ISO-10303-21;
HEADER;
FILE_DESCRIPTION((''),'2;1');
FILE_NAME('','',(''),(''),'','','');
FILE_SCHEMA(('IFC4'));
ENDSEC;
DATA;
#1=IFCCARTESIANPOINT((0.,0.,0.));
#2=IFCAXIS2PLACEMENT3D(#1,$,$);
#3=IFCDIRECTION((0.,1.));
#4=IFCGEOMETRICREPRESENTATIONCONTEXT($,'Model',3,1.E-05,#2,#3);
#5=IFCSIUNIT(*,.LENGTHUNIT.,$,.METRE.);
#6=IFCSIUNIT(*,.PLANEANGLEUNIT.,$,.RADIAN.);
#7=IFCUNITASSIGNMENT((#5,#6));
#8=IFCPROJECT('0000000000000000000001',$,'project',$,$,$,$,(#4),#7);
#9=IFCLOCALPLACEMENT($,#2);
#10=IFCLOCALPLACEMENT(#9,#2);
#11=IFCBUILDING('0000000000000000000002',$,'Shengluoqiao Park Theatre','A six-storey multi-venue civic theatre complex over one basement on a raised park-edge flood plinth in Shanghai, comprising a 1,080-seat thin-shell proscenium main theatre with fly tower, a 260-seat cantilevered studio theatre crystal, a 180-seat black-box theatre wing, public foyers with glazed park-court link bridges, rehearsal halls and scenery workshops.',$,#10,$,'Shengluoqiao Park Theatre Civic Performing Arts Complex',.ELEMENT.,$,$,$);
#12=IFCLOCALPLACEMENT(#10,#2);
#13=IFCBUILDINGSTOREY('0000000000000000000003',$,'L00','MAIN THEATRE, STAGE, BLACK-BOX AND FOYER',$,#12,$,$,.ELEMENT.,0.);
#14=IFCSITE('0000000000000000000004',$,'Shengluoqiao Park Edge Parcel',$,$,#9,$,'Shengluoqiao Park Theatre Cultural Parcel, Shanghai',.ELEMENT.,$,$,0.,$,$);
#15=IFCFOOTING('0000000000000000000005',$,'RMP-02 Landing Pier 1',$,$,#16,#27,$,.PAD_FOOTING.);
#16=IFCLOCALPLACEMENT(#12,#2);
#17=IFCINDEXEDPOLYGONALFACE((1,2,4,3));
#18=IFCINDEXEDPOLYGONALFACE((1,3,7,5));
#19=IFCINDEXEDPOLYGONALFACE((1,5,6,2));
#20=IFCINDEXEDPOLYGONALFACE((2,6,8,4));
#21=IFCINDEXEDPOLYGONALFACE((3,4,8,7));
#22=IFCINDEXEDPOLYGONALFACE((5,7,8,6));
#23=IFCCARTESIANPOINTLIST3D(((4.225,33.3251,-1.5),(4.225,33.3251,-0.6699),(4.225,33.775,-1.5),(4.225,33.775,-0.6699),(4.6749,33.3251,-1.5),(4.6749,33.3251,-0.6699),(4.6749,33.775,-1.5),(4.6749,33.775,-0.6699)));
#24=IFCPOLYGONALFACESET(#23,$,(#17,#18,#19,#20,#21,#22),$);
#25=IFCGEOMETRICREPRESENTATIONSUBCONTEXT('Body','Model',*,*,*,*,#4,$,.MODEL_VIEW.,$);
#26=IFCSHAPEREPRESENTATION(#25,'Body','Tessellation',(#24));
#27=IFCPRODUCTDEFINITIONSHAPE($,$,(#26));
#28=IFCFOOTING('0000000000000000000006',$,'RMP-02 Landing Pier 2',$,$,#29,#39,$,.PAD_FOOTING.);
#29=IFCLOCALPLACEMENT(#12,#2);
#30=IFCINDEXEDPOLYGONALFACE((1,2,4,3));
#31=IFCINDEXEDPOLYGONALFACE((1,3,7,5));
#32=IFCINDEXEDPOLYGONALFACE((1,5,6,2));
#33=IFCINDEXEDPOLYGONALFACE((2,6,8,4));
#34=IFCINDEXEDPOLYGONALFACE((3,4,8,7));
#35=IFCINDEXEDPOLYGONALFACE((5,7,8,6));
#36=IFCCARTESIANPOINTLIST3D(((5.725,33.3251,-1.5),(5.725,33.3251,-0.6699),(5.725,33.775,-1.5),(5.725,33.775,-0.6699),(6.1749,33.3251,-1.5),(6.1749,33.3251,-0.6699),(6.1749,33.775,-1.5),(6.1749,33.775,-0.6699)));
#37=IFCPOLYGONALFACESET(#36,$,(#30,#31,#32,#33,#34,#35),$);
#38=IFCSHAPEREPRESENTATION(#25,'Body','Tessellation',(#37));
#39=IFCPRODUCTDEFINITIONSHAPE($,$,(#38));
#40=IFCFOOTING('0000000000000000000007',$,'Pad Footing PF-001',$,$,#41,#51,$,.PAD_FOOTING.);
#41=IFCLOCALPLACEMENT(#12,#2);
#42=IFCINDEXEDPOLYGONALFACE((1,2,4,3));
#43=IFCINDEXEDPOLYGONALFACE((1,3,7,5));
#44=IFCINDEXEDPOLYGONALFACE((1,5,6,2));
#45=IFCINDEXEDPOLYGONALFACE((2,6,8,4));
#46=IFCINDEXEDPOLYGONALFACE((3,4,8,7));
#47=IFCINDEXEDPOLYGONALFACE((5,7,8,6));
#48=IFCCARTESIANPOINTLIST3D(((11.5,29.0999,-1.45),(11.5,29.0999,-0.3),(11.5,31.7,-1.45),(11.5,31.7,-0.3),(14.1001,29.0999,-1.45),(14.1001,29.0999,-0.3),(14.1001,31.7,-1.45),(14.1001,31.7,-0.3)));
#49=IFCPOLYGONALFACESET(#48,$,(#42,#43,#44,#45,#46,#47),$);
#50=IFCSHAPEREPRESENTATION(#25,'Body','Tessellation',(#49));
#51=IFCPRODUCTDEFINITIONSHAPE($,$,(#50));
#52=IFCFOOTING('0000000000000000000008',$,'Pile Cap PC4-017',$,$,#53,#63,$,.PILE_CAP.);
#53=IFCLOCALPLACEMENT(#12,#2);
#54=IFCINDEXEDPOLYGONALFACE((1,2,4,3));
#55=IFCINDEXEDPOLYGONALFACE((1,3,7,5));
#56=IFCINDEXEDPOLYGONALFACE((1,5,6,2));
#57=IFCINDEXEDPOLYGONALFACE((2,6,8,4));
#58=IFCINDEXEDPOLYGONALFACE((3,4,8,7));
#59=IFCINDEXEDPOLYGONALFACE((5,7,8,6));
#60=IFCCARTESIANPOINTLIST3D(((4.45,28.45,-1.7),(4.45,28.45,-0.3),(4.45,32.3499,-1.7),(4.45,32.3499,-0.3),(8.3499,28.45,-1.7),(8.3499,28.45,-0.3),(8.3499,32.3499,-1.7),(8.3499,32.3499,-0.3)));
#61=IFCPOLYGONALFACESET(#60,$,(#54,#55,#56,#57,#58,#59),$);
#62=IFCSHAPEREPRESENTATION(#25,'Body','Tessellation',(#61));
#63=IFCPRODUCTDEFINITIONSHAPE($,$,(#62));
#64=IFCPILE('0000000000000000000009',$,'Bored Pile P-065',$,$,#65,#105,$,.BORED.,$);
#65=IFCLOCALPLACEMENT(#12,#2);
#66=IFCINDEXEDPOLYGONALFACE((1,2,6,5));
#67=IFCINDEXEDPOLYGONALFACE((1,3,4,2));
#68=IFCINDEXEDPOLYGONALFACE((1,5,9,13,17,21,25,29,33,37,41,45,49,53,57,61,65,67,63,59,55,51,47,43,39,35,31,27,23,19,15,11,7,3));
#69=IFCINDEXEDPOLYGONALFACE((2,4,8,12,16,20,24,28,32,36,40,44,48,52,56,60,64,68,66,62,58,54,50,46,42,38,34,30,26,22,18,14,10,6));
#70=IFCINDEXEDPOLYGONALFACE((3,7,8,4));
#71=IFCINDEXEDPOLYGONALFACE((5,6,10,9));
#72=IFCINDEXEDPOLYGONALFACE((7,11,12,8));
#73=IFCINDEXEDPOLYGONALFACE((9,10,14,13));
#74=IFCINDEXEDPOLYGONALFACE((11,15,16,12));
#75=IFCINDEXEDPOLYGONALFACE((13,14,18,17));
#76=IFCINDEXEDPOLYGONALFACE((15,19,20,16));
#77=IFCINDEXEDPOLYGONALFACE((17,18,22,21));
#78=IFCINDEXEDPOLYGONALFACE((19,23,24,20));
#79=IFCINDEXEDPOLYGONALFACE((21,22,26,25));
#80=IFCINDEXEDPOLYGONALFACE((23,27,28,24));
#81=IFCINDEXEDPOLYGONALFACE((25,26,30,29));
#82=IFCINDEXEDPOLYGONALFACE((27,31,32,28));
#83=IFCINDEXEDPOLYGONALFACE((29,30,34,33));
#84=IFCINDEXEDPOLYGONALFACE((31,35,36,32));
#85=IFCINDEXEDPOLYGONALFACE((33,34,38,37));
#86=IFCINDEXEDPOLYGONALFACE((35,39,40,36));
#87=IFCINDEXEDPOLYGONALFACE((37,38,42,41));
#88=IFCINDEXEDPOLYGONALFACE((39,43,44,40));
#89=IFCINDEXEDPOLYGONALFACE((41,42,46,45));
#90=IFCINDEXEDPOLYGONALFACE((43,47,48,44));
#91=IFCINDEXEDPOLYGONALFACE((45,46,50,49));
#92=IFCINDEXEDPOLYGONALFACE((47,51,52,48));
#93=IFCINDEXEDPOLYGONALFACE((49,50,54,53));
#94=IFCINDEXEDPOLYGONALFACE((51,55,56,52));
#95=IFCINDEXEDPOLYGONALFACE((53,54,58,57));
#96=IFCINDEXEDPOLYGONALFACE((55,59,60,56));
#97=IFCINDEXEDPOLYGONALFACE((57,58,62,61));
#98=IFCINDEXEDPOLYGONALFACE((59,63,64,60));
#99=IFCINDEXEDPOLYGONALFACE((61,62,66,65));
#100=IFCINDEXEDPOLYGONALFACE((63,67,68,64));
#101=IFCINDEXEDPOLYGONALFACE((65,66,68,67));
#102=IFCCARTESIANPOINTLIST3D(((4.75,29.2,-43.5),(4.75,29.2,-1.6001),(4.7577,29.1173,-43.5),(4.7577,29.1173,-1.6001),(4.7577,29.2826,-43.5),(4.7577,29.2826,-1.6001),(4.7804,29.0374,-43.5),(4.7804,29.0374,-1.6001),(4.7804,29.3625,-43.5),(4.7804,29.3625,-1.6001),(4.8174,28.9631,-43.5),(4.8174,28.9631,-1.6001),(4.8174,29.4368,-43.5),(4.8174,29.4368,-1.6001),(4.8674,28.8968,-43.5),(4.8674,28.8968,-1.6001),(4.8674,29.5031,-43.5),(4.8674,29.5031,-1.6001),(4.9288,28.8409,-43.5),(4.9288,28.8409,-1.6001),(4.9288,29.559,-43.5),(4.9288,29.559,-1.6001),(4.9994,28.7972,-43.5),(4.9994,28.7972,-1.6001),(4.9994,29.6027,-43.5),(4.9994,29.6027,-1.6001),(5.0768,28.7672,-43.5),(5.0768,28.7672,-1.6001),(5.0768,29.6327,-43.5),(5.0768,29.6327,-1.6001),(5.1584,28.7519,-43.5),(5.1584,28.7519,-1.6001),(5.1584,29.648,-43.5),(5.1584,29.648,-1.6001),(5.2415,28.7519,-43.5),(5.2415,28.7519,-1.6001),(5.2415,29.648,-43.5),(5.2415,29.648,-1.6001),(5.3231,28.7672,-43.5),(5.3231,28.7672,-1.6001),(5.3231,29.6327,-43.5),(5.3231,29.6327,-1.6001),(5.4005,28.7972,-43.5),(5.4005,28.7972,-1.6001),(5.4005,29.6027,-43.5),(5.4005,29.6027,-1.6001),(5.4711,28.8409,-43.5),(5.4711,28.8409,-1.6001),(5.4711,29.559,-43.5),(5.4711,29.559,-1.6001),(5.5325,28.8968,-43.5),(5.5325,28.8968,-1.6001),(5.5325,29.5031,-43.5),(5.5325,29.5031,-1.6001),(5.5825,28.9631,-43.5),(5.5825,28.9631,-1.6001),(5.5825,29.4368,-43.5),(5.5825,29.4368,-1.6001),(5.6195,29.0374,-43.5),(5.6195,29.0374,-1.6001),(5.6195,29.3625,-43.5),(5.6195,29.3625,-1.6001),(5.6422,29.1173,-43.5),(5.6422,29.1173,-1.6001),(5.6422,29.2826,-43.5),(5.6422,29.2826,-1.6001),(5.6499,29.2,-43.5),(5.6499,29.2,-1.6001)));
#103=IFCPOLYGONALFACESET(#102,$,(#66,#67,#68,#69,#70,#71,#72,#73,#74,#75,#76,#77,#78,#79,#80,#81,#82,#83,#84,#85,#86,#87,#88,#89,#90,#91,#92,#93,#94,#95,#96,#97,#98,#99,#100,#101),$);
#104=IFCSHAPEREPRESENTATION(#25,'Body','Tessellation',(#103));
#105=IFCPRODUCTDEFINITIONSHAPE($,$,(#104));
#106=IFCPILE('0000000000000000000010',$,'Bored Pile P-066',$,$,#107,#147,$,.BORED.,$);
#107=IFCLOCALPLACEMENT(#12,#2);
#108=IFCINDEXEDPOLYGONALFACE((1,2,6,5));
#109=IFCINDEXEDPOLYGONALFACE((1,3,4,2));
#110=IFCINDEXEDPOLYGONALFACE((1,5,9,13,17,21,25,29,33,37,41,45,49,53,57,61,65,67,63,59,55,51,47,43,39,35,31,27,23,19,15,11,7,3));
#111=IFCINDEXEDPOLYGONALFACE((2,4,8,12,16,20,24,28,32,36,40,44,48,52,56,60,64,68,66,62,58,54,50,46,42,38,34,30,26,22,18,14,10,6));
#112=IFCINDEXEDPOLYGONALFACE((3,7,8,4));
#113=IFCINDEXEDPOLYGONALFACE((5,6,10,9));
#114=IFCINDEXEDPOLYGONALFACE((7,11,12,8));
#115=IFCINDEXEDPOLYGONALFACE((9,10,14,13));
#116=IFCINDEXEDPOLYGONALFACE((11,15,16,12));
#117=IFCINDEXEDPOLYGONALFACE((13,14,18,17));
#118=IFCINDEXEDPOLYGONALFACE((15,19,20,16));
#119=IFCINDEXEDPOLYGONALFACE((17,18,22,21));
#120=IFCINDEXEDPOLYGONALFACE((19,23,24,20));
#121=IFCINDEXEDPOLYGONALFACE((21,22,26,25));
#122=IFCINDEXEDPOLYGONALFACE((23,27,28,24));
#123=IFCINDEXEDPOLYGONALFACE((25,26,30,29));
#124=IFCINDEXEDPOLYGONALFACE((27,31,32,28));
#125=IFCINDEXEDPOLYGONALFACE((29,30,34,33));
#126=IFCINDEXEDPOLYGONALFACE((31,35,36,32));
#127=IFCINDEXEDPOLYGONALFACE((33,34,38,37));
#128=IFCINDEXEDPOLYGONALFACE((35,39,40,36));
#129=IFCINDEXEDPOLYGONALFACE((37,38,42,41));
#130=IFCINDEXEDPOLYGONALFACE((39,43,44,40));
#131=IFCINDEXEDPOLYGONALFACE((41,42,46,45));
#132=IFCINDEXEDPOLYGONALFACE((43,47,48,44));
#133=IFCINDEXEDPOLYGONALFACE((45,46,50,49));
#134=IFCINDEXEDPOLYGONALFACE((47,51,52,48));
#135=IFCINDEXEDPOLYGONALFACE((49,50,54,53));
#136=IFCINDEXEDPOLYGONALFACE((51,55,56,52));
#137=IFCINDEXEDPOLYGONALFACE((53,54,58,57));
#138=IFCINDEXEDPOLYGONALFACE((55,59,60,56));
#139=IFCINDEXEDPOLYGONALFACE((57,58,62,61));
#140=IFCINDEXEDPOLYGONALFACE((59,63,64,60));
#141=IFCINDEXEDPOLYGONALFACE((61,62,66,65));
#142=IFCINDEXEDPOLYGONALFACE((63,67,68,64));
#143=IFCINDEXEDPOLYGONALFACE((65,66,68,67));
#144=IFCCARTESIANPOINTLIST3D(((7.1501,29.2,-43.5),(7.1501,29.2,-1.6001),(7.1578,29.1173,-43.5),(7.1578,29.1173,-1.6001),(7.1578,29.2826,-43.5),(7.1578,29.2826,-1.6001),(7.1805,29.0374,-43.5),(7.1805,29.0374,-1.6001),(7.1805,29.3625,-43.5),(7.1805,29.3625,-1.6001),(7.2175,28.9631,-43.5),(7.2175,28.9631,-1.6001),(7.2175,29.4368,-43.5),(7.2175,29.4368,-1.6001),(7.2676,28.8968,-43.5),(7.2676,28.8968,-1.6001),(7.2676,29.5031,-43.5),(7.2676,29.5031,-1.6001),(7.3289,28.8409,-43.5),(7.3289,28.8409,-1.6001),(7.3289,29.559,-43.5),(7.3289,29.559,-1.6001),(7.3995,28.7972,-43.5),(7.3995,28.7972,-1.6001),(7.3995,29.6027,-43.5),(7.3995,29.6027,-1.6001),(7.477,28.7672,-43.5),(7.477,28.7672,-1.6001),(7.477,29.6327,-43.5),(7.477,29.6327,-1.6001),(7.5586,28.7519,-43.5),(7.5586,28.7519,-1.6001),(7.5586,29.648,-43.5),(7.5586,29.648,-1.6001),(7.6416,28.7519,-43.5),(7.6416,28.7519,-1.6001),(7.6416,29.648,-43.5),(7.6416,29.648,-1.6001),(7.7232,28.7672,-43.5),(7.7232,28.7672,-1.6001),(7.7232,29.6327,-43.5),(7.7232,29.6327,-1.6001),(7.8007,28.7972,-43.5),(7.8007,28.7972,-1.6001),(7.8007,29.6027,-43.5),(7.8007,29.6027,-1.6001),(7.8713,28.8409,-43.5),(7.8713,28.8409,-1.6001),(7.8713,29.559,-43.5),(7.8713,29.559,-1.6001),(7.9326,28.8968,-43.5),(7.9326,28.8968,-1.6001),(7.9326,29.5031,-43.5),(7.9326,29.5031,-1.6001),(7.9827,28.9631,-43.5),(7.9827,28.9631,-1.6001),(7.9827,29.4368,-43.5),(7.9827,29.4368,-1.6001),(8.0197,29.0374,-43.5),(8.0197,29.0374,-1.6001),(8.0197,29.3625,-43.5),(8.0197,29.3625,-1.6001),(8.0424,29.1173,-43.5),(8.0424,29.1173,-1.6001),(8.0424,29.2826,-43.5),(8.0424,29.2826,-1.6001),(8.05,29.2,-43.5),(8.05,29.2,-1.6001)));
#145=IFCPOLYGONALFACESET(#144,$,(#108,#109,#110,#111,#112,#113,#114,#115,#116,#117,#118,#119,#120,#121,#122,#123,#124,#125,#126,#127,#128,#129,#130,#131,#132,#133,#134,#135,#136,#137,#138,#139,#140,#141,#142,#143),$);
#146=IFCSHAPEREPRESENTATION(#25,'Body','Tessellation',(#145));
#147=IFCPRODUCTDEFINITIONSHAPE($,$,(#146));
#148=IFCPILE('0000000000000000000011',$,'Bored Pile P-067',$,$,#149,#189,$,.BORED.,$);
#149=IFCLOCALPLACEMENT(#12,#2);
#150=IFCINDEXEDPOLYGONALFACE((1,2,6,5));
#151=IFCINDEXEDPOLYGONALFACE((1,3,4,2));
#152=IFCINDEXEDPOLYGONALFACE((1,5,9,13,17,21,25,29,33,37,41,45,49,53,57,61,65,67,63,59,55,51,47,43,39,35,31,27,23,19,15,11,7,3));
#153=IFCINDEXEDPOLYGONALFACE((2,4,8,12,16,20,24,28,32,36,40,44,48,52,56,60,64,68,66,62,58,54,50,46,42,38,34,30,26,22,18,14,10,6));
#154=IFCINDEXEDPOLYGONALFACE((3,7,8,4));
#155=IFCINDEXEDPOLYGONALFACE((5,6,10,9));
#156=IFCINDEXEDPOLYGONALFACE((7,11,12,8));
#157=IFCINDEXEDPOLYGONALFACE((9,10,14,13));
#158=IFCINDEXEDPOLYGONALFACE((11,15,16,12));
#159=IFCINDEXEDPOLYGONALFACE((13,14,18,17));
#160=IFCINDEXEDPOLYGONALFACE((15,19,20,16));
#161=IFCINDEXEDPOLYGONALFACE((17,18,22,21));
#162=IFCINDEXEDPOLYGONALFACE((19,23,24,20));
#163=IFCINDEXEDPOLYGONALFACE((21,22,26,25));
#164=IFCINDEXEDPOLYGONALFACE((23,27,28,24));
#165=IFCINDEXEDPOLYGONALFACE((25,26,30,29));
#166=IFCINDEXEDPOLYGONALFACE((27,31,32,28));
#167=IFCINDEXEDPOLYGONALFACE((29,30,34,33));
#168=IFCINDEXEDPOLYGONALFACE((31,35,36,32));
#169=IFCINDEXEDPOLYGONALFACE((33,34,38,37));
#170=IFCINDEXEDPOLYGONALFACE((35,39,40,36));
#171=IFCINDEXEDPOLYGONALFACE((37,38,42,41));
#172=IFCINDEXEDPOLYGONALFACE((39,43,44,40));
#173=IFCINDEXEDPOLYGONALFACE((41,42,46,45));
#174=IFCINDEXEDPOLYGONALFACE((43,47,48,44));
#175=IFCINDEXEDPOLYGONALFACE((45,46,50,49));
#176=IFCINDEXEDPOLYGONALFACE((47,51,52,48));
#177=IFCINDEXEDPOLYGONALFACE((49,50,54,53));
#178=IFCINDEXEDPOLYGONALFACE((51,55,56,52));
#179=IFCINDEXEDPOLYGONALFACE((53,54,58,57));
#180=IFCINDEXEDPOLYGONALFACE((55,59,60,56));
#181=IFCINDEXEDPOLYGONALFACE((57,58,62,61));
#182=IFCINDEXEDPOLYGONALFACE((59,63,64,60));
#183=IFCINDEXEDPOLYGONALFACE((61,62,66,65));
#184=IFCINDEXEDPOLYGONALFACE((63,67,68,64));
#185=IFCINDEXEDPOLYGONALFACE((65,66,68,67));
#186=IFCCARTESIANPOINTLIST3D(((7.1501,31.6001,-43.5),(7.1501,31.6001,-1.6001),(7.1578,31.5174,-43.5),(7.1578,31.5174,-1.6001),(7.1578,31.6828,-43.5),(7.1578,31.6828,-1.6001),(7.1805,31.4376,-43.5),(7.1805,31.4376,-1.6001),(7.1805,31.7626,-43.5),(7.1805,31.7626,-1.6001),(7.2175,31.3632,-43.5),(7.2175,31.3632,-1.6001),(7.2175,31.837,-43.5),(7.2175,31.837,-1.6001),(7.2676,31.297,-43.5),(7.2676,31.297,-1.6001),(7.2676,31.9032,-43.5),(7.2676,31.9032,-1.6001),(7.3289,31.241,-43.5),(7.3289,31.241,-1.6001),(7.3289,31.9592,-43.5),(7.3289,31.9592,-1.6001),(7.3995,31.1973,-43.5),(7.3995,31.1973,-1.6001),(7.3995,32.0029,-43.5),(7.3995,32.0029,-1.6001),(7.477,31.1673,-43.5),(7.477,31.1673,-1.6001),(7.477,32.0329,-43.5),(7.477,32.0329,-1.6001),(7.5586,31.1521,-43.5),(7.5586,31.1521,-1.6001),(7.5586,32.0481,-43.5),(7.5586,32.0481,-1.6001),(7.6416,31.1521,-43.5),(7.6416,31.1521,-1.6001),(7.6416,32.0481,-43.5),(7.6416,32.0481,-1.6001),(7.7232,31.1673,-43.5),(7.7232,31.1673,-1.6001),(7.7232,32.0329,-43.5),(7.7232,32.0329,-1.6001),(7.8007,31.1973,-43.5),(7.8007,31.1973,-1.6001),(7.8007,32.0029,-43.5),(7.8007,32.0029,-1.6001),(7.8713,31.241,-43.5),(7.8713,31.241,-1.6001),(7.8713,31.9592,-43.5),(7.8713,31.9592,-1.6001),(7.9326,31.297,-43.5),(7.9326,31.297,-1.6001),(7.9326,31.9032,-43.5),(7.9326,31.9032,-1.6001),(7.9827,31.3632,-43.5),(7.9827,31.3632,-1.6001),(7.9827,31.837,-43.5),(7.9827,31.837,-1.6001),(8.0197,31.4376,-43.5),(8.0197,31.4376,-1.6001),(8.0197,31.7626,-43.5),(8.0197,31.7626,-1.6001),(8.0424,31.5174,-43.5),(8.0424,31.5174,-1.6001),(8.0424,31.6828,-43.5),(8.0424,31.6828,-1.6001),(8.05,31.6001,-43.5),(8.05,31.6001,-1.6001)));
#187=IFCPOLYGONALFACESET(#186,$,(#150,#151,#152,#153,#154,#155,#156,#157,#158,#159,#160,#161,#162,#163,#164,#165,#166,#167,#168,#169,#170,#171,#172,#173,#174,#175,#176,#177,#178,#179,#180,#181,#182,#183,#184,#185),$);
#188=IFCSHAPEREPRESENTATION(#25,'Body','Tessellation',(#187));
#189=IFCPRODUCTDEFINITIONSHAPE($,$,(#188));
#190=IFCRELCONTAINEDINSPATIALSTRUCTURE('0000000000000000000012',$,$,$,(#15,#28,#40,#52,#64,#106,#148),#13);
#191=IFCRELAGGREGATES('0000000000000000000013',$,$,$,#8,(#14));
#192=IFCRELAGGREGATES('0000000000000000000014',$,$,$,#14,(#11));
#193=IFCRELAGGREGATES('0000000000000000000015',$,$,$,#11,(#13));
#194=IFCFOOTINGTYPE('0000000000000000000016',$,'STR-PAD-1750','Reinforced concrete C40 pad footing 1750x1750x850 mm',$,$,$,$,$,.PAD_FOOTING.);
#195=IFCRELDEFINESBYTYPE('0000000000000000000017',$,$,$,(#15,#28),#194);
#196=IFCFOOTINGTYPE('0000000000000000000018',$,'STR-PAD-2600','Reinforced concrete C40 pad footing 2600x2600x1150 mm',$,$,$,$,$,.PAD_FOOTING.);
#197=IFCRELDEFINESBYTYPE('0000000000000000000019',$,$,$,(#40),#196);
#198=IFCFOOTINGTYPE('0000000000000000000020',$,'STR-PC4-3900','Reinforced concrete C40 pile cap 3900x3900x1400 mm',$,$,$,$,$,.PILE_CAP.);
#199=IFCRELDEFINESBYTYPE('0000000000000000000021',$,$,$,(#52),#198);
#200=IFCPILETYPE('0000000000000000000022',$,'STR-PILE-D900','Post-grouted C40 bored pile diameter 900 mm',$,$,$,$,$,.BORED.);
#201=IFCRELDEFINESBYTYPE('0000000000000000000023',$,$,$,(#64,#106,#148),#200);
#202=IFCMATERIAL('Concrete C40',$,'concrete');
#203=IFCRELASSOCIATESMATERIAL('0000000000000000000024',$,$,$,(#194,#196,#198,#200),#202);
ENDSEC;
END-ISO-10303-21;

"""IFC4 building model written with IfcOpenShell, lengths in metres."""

from ifc_helpers import new_model, si_unit, direction, frame, origin, origin_2d, place, context, subcontext, project, spatial, rectangle, circle, extrude, material, material_profile, profile_set, type_object, element, save


model = new_model("IFC4")

# Units and contexts
model_context = context("Model", 3, precision=1e-05, world=origin(), true_north=direction((0.0, 1.0)))
body_context = subcontext(model_context, "Body", "Model", "MODEL_VIEW")
ifc_project = project(units=[si_unit("LENGTHUNIT", "METRE"), si_unit("PLANEANGLEUNIT", "RADIAN")], contexts=[model_context])

# Site, building, storey
site_placement = place(None, origin())
site = spatial("IfcSite", under=ifc_project, at=site_placement, Name="Shengluoqiao Park Edge Parcel", LongName="Shengluoqiao Park Theatre Cultural Parcel, Shanghai", CompositionType="ELEMENT", RefElevation=0.0)
building_placement = place(site_placement, origin())
building = spatial("IfcBuilding", under=site, at=building_placement, Name="Shengluoqiao Park Theatre", Description="A six-storey multi-venue civic theatre complex over one basement on a raised park-edge flood plinth in Shanghai, comprising a 1,080-seat thin-shell proscenium main theatre with fly tower, a 260-seat cantilevered studio theatre crystal, a 180-seat black-box theatre wing, public foyers with glazed park-court link bridges, rehearsal halls and scenery workshops.", LongName="Shengluoqiao Park Theatre Civic Performing Arts Complex", CompositionType="ELEMENT")
storey_placement = place(building_placement, origin())
storey = spatial("IfcBuildingStorey", under=building, at=storey_placement, Name="L00", Description="MAIN THEATRE, STAGE, BLACK-BOX AND FOYER", CompositionType="ELEMENT", Elevation=0.0)

# Footings
ifc_material_1 = material(Name="Concrete C40", Category="concrete")
footing_type_1 = type_object("IfcFootingType", Name="STR-PAD-1750", Description="Reinforced concrete C40 pad footing 1750x1750x850 mm", PredefinedType="PAD_FOOTING", material=ifc_material_1)
for number, where, z_axis, x_axis, name in (
    (1, (4.45, 33.55, -1.5), (0.0, 0.0, 1.0), (1.0, 0.0, 0.0), "RMP-02 Landing Pier 1"),
    (2, (5.95, 33.55, -1.5), (0.0, 0.0, 1.0), (1.0, 0.0, 0.0), "RMP-02 Landing Pier 2"),
):
    element("IfcFooting", number, at=place(storey_placement, frame(where, z_axis=z_axis, x_axis=x_axis)), inside=storey, type_object=footing_type_1, Name=name, PredefinedType="PAD_FOOTING", context=body_context, shape_type="SweptSolid", body=[
        extrude(rectangle(XDim=0.45, YDim=0.45, at=origin_2d()), origin(), (0.0, 0.0, 1.0), 0.8301),
    ])
footing_type_2 = type_object("IfcFootingType", Name="STR-PAD-2600", Description="Reinforced concrete C40 pad footing 2600x2600x1150 mm", PredefinedType="PAD_FOOTING", material=ifc_material_1)
footing_1_placement = place(storey_placement, frame((12.8, 30.3999, -1.45), z_axis=(0.0, 0.0, 1.0), x_axis=(1.0, 0.0, 0.0)))
element("IfcFooting", 3, at=footing_1_placement, inside=storey, type_object=footing_type_2, Name="Pad Footing PF-001", PredefinedType="PAD_FOOTING", context=body_context, shape_type="SweptSolid", body=[
    extrude(rectangle(XDim=2.6001, YDim=2.6001, at=origin_2d()), origin(), (0.0, 0.0, 1.0), 1.1499),
])
footing_type_3 = type_object("IfcFootingType", Name="STR-PC4-3900", Description="Reinforced concrete C40 pile cap 3900x3900x1400 mm", PredefinedType="PILE_CAP", material=ifc_material_1)
footing_2_placement = place(storey_placement, frame((6.3999, 30.3999, -1.7), z_axis=(0.0, 0.0, 1.0), x_axis=(1.0, 0.0, 0.0)))
element("IfcFooting", 4, at=footing_2_placement, inside=storey, type_object=footing_type_3, Name="Pile Cap PC4-017", PredefinedType="PILE_CAP", context=body_context, shape_type="SweptSolid", body=[
    extrude(rectangle(XDim=3.8999, YDim=3.8999, at=origin_2d()), origin(), (0.0, 0.0, 1.0), 1.3999),
])

# Piles
ifc_material_profile_1 = material_profile(ifc_material_1, circle(Radius=0.45, at=origin_2d()), Name="BORED PILE D900")
ifc_profile_set_1 = profile_set([ifc_material_profile_1], Name="Concrete C40")
pile_type = type_object("IfcPileType", Name="STR-PILE-D900", Description="Post-grouted C40 bored pile diameter 900 mm", PredefinedType="BORED", material=ifc_profile_set_1)
for number, where, z_axis, x_axis, name in (
    (5, (5.2, 29.2, -1.6001), (0.0, 0.0, -1.0), (1.0, 0.0, 0.0), "Bored Pile P-065"),
    (6, (7.6001, 29.2, -1.6001), (0.0, 0.0, -1.0), (1.0, 0.0, 0.0), "Bored Pile P-066"),
    (7, (7.6001, 31.6001, -1.6001), (0.0, 0.0, -1.0), (1.0, 0.0, 0.0), "Bored Pile P-067"),
):
    element("IfcPile", number, at=place(storey_placement, frame(where, z_axis=z_axis, x_axis=x_axis)), inside=storey, type_object=pile_type, Name=name, PredefinedType="BORED", context=body_context, shape_type="SweptSolid", body=[
        extrude(circle(Radius=0.45, at=origin_2d()), origin(), (0.0, 0.0, 1.0), 41.8999),
    ])

save(model, "model.ifc")
